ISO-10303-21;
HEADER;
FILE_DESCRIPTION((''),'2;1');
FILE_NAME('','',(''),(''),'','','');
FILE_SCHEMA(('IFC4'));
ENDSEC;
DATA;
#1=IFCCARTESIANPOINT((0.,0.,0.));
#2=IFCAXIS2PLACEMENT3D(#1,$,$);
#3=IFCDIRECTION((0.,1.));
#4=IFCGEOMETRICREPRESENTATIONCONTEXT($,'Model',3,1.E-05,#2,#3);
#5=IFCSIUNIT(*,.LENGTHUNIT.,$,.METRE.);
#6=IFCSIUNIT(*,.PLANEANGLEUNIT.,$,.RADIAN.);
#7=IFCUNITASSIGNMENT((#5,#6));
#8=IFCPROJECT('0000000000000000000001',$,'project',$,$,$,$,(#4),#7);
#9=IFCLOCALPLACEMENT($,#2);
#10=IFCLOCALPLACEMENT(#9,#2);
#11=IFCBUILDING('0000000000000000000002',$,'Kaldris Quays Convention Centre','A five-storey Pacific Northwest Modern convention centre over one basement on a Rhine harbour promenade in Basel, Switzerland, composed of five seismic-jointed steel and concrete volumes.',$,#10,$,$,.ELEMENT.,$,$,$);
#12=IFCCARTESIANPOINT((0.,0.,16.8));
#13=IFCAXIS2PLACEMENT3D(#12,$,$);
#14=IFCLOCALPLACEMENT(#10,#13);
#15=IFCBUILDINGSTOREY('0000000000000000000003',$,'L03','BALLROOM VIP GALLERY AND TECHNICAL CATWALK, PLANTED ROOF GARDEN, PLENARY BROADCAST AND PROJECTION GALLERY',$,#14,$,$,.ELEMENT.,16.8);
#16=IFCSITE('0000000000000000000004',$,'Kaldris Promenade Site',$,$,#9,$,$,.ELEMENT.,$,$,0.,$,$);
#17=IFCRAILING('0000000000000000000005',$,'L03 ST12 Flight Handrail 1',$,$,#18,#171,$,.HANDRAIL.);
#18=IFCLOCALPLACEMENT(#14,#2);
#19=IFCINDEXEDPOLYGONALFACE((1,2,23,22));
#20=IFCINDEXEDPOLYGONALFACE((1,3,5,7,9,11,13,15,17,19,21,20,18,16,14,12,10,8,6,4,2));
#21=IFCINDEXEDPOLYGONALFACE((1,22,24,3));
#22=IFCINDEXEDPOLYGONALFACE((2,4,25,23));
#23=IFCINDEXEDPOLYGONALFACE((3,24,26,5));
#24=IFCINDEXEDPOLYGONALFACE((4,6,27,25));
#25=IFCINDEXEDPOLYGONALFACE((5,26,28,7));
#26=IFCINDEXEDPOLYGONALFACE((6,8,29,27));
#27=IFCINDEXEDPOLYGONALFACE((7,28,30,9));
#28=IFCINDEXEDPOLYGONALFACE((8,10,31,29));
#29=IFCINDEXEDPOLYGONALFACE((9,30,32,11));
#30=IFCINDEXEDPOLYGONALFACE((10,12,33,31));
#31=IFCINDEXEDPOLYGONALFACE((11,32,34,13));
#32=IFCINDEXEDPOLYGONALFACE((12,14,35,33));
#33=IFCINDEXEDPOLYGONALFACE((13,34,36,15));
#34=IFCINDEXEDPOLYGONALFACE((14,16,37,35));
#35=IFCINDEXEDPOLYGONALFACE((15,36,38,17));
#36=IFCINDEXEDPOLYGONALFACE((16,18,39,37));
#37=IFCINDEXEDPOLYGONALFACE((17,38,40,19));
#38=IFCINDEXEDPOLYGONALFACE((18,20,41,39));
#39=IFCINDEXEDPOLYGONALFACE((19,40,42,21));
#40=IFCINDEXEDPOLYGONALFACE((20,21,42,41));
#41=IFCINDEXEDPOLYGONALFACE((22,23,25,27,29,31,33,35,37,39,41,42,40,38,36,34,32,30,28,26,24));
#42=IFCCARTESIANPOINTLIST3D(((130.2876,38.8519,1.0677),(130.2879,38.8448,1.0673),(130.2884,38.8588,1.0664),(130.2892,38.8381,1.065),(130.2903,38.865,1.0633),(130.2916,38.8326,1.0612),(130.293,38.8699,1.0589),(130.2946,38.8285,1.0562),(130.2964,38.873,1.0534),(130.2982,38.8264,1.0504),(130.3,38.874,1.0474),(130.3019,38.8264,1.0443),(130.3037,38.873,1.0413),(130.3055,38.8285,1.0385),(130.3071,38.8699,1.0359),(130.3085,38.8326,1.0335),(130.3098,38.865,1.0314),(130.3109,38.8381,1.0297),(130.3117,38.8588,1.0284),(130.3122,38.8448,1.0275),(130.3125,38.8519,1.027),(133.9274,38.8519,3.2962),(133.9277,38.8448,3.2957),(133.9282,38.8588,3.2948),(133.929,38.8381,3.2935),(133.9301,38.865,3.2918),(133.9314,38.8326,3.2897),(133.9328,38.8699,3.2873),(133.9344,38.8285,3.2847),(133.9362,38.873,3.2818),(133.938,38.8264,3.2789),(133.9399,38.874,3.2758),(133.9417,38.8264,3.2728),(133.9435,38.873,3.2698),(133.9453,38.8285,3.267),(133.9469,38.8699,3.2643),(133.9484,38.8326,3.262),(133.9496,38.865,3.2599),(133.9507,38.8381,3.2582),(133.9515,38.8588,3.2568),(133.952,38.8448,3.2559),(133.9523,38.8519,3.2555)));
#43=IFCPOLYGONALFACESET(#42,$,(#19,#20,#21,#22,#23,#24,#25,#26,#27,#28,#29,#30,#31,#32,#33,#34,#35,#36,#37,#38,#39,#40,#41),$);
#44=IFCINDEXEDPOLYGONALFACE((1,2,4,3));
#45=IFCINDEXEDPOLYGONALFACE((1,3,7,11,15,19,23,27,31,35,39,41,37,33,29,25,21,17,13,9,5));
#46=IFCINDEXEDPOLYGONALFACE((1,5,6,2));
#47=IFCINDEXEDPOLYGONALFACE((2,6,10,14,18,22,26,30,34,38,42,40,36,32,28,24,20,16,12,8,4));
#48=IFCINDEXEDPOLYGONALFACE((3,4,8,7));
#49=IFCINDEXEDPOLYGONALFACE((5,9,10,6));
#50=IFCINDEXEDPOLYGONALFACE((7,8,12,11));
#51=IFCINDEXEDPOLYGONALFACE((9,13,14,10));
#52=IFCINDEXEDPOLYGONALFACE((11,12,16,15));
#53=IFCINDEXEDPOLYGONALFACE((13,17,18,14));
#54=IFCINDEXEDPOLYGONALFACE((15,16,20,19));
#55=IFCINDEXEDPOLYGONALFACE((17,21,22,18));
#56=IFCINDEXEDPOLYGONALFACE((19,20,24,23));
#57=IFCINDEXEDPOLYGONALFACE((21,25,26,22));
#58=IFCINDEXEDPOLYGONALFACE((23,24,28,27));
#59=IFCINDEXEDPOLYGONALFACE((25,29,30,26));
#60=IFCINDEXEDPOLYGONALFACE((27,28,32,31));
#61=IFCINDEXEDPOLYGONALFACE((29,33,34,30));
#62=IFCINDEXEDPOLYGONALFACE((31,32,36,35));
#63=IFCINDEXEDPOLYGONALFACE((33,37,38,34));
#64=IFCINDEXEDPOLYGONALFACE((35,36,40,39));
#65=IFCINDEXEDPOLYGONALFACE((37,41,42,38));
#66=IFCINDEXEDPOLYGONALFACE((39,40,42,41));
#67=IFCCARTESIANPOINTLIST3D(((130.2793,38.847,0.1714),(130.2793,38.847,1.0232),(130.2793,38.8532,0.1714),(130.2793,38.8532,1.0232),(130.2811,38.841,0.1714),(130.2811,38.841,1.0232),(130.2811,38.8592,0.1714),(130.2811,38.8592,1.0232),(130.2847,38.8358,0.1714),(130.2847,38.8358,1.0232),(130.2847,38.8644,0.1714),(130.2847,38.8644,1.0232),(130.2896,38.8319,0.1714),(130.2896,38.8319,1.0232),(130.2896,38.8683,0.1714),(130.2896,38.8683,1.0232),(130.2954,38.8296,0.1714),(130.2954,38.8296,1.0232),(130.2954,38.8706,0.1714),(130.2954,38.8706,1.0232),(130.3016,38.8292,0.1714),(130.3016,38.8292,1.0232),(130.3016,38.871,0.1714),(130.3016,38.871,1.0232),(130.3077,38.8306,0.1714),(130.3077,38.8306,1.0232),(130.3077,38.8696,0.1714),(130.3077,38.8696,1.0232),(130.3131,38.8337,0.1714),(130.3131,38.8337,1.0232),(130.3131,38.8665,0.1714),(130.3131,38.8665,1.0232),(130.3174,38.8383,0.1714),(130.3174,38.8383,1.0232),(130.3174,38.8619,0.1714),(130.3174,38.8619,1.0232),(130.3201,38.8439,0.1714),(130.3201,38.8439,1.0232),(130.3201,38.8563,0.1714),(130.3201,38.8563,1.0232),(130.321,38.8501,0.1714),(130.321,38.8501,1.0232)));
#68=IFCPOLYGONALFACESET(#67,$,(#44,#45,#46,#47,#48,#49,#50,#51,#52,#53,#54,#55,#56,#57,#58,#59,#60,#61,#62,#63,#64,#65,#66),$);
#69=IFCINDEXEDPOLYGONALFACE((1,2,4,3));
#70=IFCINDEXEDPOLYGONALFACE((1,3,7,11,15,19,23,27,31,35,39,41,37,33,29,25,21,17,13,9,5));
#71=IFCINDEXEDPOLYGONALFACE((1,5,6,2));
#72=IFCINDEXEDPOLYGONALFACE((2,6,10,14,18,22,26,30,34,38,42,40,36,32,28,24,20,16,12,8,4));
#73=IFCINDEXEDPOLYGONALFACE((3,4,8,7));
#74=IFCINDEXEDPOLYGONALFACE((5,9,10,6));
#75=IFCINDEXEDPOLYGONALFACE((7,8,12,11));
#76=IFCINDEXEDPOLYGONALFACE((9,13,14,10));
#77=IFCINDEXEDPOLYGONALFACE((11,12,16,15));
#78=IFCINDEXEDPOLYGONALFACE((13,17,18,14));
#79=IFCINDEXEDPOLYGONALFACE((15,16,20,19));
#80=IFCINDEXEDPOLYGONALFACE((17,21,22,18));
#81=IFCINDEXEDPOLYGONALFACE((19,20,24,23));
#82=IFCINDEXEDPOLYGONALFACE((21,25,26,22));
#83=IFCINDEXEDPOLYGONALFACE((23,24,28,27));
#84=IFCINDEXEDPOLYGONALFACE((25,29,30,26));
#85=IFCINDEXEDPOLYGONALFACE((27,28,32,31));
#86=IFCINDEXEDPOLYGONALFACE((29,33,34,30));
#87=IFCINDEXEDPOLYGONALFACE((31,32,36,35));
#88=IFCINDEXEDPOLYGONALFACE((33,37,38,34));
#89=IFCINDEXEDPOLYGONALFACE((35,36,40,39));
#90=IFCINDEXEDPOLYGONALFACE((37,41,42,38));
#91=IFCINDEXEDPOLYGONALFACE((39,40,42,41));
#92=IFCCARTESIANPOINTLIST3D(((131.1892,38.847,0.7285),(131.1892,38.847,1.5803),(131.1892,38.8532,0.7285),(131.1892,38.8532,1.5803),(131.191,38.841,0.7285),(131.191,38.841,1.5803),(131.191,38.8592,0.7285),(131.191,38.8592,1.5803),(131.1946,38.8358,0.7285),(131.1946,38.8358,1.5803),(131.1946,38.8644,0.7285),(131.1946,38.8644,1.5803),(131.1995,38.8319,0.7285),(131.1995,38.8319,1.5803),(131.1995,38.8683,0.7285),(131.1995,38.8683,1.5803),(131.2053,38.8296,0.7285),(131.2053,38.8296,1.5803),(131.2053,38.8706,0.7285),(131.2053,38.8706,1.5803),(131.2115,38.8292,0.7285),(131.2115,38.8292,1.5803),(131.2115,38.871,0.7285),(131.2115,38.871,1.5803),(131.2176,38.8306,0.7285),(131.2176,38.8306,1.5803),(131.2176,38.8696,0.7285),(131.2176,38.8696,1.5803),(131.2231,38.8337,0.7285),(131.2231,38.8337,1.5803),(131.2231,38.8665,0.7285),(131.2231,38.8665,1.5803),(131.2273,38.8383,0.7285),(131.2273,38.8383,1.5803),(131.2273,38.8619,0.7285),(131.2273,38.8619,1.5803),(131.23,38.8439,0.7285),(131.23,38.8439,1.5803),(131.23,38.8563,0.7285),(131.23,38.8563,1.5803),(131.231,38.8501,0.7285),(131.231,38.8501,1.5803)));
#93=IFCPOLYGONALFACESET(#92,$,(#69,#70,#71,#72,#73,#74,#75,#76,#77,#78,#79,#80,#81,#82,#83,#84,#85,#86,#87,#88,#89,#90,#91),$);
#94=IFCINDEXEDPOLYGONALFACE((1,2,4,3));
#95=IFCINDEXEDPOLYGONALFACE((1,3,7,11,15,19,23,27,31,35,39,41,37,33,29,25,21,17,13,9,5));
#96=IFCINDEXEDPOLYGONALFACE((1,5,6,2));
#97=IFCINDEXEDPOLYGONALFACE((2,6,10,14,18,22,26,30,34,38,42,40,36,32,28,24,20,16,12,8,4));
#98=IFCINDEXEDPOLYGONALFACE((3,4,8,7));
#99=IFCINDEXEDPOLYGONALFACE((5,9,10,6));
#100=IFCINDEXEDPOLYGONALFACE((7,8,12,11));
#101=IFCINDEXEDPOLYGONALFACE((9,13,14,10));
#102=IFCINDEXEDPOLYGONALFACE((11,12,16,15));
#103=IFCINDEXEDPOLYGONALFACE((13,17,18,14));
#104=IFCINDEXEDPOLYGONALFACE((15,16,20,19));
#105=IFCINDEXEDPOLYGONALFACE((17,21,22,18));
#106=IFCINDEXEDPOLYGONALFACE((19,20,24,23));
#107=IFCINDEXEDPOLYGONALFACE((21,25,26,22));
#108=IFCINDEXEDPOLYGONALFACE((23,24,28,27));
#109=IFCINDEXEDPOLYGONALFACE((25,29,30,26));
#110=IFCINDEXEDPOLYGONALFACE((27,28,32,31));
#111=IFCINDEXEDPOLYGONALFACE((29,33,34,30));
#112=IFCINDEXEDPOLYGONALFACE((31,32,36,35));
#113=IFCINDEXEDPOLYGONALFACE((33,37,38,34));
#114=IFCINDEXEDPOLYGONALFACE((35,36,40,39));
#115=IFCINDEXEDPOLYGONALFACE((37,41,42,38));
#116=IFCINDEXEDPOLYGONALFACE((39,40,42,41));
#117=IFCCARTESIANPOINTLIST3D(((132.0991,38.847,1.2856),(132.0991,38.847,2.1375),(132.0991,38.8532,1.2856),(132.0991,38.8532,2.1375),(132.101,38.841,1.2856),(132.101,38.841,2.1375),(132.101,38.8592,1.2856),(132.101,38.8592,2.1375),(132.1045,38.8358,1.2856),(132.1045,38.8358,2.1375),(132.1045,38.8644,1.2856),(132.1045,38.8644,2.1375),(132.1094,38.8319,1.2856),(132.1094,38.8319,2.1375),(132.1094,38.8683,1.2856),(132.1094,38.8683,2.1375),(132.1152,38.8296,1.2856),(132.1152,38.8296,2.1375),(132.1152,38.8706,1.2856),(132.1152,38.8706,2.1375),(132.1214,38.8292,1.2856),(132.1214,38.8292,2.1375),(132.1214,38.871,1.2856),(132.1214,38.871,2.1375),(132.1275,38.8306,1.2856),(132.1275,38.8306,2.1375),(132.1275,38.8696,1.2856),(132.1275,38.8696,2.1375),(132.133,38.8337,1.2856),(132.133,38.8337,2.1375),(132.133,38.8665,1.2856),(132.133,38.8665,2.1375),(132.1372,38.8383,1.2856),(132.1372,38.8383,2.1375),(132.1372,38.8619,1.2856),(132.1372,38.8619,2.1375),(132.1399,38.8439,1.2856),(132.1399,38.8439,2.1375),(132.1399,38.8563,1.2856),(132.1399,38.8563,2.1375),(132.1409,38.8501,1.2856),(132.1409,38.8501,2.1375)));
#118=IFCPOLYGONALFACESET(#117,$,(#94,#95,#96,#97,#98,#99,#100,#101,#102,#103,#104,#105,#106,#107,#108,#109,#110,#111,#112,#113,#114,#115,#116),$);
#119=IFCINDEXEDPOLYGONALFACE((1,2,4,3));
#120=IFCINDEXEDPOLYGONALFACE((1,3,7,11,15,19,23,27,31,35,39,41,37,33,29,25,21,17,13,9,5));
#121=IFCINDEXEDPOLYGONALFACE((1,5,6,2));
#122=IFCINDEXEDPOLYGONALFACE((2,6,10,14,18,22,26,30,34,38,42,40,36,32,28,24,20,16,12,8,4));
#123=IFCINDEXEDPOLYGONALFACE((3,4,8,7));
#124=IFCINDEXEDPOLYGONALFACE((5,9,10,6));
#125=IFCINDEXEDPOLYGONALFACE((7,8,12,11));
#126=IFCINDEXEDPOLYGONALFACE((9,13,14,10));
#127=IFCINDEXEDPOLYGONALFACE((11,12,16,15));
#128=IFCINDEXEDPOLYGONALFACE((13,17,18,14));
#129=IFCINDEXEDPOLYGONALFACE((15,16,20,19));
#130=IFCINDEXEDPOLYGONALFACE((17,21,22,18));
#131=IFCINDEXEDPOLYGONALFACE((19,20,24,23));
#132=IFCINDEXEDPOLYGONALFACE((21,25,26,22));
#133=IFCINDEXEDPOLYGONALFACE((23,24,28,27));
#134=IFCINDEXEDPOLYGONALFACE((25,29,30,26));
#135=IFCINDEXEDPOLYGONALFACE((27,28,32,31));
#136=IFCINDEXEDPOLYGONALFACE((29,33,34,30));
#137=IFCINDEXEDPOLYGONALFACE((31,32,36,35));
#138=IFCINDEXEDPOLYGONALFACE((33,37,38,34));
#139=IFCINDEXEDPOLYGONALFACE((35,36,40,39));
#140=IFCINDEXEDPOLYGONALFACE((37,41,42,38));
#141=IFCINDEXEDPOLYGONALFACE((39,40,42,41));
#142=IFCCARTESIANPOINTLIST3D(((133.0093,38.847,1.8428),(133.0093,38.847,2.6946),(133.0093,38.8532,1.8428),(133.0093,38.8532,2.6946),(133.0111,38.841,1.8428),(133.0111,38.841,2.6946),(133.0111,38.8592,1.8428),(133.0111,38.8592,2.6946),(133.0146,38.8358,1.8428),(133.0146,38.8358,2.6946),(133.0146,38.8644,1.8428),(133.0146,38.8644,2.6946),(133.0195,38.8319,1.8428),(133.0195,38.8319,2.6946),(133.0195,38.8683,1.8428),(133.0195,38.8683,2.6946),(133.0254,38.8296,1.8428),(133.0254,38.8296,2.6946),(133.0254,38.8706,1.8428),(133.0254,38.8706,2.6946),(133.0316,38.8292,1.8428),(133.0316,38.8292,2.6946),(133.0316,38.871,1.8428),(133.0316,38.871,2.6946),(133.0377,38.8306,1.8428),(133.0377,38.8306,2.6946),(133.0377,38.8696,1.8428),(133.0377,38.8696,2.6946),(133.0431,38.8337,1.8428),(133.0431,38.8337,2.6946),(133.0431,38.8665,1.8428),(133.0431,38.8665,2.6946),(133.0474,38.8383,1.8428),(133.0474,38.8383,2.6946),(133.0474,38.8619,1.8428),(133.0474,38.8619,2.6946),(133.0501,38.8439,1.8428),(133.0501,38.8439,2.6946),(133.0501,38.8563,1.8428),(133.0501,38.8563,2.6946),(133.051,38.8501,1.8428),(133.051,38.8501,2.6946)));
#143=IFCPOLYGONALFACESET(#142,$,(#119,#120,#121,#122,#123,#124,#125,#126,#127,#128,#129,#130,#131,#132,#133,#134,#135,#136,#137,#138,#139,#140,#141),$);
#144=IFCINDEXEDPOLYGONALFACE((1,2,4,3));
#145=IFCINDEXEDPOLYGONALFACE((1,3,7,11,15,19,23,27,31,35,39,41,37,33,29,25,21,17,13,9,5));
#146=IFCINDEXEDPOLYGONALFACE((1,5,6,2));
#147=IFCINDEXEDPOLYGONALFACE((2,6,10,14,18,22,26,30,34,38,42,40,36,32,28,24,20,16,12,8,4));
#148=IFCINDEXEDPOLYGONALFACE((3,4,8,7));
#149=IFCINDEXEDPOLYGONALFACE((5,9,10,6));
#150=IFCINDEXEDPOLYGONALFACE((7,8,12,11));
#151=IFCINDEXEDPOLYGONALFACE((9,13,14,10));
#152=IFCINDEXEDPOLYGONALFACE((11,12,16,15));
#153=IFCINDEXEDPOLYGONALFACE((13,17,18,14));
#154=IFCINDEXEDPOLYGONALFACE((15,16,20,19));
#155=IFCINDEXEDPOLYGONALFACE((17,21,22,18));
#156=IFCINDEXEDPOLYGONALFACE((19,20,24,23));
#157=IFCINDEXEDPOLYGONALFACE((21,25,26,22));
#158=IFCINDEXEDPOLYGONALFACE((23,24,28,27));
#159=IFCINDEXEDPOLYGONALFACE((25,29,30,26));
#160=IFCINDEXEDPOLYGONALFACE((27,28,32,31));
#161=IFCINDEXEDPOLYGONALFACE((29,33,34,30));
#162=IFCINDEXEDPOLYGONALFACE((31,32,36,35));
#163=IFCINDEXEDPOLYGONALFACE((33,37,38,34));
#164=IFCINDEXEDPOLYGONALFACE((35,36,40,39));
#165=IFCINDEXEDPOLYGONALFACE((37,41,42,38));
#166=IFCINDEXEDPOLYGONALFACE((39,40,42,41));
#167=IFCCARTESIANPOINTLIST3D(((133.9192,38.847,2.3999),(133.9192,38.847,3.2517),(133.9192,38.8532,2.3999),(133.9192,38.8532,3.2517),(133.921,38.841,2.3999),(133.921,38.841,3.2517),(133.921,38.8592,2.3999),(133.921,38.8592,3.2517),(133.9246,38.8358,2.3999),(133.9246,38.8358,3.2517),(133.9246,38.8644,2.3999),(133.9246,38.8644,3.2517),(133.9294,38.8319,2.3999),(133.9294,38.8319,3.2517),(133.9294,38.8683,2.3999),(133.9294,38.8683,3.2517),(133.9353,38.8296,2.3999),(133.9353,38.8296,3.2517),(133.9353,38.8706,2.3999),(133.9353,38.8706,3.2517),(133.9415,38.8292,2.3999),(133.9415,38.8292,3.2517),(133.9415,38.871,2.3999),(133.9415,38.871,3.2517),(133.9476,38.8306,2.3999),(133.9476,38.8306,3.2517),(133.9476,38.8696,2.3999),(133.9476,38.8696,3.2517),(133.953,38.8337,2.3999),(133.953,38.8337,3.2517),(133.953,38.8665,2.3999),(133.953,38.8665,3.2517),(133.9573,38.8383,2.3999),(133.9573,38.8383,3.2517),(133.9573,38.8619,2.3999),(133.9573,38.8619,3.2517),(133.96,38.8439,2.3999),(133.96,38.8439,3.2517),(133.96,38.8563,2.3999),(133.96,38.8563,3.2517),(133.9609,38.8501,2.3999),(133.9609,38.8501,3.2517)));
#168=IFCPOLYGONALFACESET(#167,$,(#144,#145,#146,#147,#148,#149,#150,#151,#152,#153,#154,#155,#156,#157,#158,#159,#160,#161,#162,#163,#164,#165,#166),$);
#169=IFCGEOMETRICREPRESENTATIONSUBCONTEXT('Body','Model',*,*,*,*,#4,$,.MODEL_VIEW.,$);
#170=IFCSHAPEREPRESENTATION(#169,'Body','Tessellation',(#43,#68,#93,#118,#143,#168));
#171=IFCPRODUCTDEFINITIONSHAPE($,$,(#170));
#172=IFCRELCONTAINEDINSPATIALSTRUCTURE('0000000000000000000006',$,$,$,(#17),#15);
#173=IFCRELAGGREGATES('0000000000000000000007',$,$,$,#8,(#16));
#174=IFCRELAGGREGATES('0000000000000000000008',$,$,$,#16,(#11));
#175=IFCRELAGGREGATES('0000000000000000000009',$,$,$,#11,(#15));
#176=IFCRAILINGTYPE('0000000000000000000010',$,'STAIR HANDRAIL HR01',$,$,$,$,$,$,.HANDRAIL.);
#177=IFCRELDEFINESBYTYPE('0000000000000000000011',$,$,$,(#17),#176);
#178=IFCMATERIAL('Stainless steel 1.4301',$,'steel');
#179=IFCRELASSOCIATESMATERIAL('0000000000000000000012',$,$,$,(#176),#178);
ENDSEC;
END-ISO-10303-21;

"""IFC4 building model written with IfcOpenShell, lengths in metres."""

from ifc_helpers import new_model, si_unit, direction, frame, origin, origin_2d, place, context, subcontext, project, spatial, circle, extrude, material, type_object, element, save


model = new_model("IFC4")

# Units and contexts
model_context = context("Model", 3, precision=1e-05, world=origin(), true_north=direction((0.0, 1.0)))
body_context = subcontext(model_context, "Body", "Model", "MODEL_VIEW")
ifc_project = project(units=[si_unit("LENGTHUNIT", "METRE"), si_unit("PLANEANGLEUNIT", "RADIAN")], contexts=[model_context])

# Site, building, storey
site_placement = place(None, origin())
site = spatial("IfcSite", under=ifc_project, at=site_placement, Name="Kaldris Promenade Site", CompositionType="ELEMENT", RefElevation=0.0)
building_placement = place(site_placement, origin())
building = spatial("IfcBuilding", under=site, at=building_placement, Name="Kaldris Quays Convention Centre", Description="A five-storey Pacific Northwest Modern convention centre over one basement on a Rhine harbour promenade in Basel, Switzerland, composed of five seismic-jointed steel and concrete volumes.", CompositionType="ELEMENT")
storey_placement = place(building_placement, frame((0.0, 0.0, 16.8)))
storey = spatial("IfcBuildingStorey", under=building, at=storey_placement, Name="L03", Description="BALLROOM VIP GALLERY AND TECHNICAL CATWALK, PLANTED ROOF GARDEN, PLENARY BROADCAST AND PROJECTION GALLERY", CompositionType="ELEMENT", Elevation=16.8)

# Railing
ifc_material_1 = material(Name="Stainless steel 1.4301", Category="steel")
railing_type_1 = type_object("IfcRailingType", Name="STAIR HANDRAIL HR01", PredefinedType="HANDRAIL", material=ifc_material_1)
railing_1_placement = place(storey_placement, frame((130.3, 38.8501, 0.1714)))
element("IfcRailing", 1, at=railing_1_placement, inside=storey, type_object=railing_type_1, Name="L03 ST12 Flight Handrail 1", PredefinedType="HANDRAIL", context=body_context, shape_type="SweptSolid", body=[
    extrude(circle(Radius=0.0239, at=origin_2d()), frame((0.0, 0.0, 0.876), z_axis=(0.85285, 0.0, 0.522156), x_axis=(0.0, 1.0, 0.0)), (0.0, 0.0, 1.0), 4.2678),
    extrude(circle(Radius=0.021, at=origin_2d()), origin(), (0.0, 0.0, 1.0), 0.8518),
    extrude(circle(Radius=0.021, at=origin_2d()), frame((0.9099, 0.0, 0.5571)), (0.0, 0.0, 1.0), 0.8518),
    extrude(circle(Radius=0.021, at=origin_2d()), frame((1.8198, 0.0, 1.1143)), (0.0, 0.0, 1.0), 0.8518),
    extrude(circle(Radius=0.021, at=origin_2d()), frame((2.73, 0.0, 1.6714)), (0.0, 0.0, 1.0), 0.8518),
    extrude(circle(Radius=0.021, at=origin_2d()), frame((3.6399, 0.0, 2.2285)), (0.0, 0.0, 1.0), 0.8518),
])

save(model, "model.ifc")
